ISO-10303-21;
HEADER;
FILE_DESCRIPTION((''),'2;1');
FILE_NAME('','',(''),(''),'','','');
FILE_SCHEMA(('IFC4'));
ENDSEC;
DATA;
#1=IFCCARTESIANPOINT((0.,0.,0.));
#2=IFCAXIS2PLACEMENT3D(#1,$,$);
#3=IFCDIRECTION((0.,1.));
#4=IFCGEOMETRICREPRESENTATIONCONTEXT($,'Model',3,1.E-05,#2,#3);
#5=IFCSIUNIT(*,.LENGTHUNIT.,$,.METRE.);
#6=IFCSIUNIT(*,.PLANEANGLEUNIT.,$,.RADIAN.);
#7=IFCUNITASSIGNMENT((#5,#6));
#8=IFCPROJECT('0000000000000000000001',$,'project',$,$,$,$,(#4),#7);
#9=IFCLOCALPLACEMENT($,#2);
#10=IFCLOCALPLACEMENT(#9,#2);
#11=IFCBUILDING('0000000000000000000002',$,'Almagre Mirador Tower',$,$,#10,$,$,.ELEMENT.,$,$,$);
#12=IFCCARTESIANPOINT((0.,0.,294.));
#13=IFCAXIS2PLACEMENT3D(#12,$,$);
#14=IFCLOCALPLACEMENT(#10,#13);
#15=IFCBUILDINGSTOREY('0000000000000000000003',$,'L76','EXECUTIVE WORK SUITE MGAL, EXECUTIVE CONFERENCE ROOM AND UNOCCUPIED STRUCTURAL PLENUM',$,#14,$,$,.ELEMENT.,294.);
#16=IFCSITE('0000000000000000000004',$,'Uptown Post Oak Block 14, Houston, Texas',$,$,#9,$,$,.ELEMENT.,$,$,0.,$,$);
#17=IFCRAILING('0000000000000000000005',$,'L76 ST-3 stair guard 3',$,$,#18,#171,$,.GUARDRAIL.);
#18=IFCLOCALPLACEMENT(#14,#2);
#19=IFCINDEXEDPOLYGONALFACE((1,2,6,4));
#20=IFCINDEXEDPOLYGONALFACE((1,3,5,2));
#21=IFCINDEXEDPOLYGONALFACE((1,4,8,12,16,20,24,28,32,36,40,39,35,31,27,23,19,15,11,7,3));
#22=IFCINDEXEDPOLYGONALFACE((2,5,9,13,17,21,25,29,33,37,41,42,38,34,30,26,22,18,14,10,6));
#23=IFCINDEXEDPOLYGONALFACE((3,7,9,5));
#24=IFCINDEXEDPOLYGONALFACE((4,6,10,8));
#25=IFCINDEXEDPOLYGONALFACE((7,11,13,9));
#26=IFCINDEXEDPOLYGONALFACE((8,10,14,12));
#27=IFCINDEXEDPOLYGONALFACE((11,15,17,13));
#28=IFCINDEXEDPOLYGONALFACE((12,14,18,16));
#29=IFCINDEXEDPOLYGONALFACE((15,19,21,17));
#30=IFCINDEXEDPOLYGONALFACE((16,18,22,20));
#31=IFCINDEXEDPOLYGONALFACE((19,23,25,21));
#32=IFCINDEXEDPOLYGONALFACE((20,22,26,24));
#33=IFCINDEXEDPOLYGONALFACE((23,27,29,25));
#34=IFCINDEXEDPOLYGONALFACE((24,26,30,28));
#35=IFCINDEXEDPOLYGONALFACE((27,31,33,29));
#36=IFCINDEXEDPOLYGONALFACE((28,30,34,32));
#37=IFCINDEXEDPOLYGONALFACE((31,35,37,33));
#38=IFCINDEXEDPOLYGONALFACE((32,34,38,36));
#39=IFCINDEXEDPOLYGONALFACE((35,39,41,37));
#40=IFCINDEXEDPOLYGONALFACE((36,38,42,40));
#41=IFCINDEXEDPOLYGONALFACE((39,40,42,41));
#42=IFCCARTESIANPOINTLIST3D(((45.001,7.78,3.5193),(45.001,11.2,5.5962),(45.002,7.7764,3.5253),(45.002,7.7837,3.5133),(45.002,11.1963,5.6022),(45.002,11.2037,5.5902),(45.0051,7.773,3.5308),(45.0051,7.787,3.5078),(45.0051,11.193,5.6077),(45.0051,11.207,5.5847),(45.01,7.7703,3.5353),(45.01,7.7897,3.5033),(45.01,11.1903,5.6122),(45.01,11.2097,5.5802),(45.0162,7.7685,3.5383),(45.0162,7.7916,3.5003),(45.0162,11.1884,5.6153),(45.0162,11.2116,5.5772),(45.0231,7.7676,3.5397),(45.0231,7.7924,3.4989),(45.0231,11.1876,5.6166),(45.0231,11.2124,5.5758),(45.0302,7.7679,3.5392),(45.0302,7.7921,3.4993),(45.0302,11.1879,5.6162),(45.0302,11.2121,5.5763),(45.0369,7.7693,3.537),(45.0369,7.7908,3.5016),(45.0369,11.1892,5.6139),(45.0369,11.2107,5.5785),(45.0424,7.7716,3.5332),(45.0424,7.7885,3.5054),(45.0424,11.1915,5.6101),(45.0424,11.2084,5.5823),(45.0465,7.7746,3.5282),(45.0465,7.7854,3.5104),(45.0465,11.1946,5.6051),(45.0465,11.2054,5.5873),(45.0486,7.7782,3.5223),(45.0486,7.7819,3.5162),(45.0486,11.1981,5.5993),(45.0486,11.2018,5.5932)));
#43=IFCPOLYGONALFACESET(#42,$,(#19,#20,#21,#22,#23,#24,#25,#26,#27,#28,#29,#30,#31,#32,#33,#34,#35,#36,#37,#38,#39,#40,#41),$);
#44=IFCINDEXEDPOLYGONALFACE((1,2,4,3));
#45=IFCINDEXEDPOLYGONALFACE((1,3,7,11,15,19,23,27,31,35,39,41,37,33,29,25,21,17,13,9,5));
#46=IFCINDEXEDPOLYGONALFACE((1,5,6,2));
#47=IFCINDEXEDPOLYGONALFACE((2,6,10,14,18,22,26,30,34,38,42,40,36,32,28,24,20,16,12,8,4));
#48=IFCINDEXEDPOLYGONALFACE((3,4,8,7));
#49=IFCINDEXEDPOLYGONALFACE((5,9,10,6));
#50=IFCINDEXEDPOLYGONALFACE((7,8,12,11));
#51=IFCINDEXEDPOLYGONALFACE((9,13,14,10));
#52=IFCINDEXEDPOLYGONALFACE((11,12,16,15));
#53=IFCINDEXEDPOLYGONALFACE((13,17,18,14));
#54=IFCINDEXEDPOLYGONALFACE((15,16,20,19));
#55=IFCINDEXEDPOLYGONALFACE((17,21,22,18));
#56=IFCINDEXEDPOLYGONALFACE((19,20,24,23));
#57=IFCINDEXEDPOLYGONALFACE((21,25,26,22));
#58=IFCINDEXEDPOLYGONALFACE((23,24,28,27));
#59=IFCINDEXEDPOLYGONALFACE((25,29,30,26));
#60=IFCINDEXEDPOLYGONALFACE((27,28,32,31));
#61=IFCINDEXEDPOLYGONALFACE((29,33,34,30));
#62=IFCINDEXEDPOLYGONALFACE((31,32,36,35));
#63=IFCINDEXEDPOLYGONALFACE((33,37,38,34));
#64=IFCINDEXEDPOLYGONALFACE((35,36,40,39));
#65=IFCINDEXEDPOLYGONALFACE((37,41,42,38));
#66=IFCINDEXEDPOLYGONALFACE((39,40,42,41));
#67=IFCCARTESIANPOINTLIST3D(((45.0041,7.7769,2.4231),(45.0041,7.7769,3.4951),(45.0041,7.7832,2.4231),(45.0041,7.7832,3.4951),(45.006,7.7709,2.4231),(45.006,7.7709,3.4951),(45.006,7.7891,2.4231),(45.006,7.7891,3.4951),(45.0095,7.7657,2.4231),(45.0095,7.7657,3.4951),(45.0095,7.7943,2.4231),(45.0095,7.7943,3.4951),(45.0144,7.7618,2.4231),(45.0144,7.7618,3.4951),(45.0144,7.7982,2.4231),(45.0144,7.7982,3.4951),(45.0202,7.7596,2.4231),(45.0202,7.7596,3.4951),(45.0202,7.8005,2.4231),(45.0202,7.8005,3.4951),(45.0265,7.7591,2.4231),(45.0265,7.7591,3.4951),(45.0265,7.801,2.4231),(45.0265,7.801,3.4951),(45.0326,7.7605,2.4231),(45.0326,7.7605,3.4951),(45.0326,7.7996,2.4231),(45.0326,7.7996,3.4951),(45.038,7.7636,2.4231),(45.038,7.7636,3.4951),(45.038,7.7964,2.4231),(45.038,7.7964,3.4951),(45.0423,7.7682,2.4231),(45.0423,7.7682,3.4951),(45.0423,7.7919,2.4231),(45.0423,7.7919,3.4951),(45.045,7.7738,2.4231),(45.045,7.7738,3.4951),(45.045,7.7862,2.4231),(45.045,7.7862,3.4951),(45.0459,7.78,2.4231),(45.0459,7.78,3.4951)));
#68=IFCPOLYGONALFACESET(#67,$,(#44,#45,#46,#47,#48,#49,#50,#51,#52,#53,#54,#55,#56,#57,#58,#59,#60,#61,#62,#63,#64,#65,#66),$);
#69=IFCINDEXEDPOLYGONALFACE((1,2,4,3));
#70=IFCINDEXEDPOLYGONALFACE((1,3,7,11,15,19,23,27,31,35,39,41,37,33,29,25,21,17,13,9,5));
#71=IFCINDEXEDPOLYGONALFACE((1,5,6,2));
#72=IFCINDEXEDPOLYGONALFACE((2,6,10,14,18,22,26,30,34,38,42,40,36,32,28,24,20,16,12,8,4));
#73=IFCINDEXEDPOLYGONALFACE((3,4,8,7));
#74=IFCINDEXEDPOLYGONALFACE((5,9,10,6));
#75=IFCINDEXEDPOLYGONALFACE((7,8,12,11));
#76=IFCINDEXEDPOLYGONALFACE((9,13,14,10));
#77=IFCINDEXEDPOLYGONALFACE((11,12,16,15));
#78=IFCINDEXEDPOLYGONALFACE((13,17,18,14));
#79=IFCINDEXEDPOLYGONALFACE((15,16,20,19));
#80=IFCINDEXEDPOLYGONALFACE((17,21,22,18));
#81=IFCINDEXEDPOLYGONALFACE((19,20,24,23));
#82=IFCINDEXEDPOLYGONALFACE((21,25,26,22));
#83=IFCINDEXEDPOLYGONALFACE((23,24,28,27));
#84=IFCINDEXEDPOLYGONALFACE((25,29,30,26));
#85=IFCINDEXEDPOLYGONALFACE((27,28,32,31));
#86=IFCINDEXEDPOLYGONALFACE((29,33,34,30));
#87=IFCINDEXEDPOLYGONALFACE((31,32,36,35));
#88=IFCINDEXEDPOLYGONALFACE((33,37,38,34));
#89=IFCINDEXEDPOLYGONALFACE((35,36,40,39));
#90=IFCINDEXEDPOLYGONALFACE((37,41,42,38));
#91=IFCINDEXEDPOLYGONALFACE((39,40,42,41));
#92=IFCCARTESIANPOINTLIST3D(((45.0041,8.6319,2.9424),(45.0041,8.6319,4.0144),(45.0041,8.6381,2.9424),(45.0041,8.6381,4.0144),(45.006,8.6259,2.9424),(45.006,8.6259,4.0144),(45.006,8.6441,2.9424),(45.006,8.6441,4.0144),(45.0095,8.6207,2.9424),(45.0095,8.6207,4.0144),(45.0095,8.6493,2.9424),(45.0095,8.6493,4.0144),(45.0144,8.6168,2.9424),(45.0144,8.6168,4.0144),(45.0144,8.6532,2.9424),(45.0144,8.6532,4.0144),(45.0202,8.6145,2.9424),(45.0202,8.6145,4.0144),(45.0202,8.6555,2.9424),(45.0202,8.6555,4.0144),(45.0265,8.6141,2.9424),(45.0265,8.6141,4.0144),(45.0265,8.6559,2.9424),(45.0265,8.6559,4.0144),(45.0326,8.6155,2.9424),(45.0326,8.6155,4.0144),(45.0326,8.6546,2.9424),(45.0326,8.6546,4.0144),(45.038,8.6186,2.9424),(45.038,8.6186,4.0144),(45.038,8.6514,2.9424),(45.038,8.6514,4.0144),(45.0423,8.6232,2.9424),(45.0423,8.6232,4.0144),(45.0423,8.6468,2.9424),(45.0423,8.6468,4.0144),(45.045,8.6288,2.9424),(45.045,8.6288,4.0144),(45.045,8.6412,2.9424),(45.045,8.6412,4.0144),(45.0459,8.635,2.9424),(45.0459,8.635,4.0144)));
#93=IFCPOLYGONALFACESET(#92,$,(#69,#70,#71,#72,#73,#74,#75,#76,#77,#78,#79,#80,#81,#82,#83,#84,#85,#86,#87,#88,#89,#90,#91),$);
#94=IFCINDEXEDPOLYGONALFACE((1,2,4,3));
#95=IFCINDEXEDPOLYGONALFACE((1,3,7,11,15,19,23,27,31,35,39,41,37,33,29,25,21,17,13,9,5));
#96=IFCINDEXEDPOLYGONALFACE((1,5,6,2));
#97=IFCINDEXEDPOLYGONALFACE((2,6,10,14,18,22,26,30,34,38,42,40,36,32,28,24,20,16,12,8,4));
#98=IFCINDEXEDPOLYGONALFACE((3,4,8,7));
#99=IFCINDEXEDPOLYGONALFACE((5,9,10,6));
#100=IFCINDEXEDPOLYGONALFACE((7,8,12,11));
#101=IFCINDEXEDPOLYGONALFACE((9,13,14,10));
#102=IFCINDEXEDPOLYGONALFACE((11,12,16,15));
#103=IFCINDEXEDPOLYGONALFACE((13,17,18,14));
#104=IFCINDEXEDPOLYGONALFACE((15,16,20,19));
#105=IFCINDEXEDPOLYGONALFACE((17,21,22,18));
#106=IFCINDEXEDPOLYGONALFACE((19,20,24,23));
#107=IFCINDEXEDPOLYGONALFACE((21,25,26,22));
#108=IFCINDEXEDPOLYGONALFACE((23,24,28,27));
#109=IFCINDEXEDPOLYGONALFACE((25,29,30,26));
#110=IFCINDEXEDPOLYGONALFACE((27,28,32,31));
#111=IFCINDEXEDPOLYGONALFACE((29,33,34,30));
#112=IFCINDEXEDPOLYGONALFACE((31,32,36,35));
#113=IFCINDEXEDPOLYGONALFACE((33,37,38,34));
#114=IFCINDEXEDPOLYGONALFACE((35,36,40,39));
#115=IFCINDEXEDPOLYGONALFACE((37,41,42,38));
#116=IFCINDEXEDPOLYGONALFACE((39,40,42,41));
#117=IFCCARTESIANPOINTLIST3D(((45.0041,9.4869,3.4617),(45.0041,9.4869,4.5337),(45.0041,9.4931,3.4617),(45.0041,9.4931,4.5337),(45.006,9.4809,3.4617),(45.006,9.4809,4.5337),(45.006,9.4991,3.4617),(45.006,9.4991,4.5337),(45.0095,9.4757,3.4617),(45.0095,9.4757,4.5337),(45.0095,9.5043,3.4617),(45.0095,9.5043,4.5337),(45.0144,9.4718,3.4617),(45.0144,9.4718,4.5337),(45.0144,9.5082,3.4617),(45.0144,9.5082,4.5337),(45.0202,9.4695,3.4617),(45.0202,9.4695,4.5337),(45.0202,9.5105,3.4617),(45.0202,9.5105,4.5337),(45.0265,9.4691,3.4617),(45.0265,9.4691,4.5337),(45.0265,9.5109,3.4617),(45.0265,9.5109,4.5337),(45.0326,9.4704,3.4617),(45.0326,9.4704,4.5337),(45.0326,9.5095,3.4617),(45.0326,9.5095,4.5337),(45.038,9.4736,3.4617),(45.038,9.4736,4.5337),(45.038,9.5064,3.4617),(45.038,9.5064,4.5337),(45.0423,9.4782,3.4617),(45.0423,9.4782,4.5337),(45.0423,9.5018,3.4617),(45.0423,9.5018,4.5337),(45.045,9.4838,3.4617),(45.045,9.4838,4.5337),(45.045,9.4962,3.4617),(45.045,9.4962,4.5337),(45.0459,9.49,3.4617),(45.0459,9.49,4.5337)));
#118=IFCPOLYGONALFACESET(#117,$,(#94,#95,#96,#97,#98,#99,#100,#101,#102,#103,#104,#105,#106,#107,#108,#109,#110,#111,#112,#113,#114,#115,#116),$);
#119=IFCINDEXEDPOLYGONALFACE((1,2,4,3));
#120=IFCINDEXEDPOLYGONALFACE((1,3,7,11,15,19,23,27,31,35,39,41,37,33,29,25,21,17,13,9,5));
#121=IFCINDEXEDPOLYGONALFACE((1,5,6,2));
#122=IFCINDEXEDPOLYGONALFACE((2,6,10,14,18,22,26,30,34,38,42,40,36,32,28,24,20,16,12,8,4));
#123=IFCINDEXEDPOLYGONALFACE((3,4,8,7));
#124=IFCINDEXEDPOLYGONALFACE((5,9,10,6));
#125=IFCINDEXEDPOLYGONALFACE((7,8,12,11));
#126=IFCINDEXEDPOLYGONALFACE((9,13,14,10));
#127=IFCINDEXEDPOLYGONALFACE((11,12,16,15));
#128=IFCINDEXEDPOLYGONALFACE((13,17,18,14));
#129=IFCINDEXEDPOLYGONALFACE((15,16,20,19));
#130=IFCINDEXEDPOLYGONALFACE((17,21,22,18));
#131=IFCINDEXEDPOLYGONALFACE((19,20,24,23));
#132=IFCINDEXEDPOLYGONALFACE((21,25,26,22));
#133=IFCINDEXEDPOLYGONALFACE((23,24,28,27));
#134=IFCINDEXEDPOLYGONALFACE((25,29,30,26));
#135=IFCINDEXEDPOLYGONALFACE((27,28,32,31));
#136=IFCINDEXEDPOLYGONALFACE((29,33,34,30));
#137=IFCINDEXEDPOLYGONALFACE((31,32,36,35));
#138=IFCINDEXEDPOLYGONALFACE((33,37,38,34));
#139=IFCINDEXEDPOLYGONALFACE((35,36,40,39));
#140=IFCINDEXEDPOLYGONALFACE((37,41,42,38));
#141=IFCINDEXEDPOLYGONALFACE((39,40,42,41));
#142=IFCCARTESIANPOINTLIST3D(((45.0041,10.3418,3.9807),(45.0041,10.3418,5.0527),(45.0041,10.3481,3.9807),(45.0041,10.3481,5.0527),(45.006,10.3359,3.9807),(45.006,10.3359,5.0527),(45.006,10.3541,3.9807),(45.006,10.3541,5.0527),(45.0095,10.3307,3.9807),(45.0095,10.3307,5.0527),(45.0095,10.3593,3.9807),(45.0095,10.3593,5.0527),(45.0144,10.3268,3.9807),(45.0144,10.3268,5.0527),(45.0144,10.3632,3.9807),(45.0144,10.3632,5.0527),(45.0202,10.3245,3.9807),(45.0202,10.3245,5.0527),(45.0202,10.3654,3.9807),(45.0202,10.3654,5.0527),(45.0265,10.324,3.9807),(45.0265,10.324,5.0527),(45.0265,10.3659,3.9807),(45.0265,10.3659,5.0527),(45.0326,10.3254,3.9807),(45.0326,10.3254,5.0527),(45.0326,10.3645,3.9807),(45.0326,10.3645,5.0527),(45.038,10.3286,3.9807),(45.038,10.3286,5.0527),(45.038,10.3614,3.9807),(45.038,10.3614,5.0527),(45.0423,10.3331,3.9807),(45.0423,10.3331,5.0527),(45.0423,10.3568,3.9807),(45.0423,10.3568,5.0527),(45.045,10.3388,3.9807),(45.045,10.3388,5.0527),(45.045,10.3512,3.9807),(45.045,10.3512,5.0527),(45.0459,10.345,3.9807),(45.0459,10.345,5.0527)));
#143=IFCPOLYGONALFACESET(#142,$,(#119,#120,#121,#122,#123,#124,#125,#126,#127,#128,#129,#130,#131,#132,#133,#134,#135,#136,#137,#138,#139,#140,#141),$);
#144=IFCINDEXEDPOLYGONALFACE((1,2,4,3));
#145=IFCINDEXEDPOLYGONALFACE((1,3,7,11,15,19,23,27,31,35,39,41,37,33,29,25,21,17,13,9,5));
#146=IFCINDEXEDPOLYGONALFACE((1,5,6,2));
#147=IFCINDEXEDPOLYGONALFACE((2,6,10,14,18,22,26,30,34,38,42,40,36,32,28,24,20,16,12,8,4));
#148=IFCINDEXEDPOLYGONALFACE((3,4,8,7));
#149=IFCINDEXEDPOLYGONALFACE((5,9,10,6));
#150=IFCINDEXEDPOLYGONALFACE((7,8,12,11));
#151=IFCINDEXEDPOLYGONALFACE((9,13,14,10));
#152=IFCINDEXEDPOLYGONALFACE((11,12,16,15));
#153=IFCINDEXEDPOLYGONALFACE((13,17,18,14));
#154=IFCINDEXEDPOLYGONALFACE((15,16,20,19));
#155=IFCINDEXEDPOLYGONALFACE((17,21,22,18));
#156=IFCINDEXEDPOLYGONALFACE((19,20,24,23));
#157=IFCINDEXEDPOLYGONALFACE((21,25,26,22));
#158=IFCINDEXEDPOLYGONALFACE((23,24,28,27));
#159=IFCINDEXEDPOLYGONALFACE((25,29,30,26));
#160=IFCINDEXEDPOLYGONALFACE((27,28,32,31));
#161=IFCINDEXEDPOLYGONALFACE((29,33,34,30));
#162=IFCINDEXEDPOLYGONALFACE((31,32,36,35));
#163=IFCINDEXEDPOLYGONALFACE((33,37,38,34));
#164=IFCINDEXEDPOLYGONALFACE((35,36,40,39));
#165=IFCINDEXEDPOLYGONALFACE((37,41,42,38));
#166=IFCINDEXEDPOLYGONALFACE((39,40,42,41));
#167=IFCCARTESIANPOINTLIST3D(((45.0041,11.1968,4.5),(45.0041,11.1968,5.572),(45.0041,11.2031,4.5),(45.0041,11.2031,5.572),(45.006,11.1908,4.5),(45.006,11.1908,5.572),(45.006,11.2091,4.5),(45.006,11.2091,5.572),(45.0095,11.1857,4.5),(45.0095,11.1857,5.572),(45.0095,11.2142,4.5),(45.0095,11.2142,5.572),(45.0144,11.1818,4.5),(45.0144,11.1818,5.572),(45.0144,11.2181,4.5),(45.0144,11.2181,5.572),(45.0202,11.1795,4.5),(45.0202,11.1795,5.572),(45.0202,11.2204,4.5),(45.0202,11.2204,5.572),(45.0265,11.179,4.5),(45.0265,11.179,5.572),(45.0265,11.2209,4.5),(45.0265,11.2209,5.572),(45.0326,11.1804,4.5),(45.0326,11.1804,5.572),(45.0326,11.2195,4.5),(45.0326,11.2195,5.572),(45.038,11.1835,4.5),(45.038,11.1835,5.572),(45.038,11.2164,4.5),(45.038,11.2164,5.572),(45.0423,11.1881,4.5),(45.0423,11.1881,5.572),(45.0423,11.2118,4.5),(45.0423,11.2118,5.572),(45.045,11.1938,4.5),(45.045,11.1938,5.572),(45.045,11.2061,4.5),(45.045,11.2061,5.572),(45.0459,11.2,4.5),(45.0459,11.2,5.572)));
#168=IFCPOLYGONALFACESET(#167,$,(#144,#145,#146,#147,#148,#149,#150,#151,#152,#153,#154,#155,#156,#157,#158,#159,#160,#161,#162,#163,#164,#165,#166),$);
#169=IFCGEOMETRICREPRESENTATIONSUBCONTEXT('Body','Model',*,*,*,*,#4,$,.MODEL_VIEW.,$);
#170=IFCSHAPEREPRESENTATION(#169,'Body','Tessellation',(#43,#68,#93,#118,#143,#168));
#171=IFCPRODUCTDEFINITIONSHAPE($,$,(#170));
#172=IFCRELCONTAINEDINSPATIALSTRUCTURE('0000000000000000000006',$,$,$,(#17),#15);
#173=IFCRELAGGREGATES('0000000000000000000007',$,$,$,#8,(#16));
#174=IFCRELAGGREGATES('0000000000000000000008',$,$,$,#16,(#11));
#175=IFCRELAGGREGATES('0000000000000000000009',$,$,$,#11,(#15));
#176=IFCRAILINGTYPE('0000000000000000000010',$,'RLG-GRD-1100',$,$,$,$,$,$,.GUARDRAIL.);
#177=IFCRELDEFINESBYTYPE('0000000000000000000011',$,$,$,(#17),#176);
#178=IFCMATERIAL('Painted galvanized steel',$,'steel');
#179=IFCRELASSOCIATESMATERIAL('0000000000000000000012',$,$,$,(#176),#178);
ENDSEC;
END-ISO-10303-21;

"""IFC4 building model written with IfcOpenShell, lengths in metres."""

from ifc_helpers import new_model, si_unit, direction, frame, origin, origin_2d, place, context, subcontext, project, spatial, circle, extrude, material, type_object, element, save


model = new_model("IFC4")

# Units and contexts
model_context = context("Model", 3, precision=1e-05, world=origin(), true_north=direction((0.0, 1.0)))
body_context = subcontext(model_context, "Body", "Model", "MODEL_VIEW")
ifc_project = project(units=[si_unit("LENGTHUNIT", "METRE"), si_unit("PLANEANGLEUNIT", "RADIAN")], contexts=[model_context])

# Site, building, storey
site_placement = place(None, origin())
site = spatial("IfcSite", under=ifc_project, at=site_placement, Name="Uptown Post Oak Block 14, Houston, Texas", CompositionType="ELEMENT", RefElevation=0.0)
building_placement = place(site_placement, origin())
building = spatial("IfcBuilding", under=site, at=building_placement, Name="Almagre Mirador Tower", CompositionType="ELEMENT")
storey_placement = place(building_placement, frame((0.0, 0.0, 294.0)))
storey = spatial("IfcBuildingStorey", under=building, at=storey_placement, Name="L76", Description="EXECUTIVE WORK SUITE MGAL, EXECUTIVE CONFERENCE ROOM AND UNOCCUPIED STRUCTURAL PLENUM", CompositionType="ELEMENT", Elevation=294.0)

# Railing
ifc_material_1 = material(Name="Painted galvanized steel", Category="steel")
railing_type_1 = type_object("IfcRailingType", Name="RLG-GRD-1100", PredefinedType="GUARDRAIL", material=ifc_material_1)
railing_1_placement = place(storey_placement, frame((45.0249, 7.78, 2.4231)))
element("IfcRailing", 1, at=railing_1_placement, inside=storey, type_object=railing_type_1, Name="L76 ST-3 stair guard 3", PredefinedType="GUARDRAIL", context=body_context, shape_type="SweptSolid", body=[
    extrude(circle(Radius=0.0239, at=origin_2d()), frame((0.0, 0.0, 1.0962), z_axis=(0.0, 0.85473, 0.519074), x_axis=(-1.0, 0.0, 0.0)), (0.0, 0.0, 1.0), 4.0012),
    extrude(circle(Radius=0.021, at=origin_2d()), origin(), (0.0, 0.0, 1.0), 1.072),
    extrude(circle(Radius=0.021, at=origin_2d()), frame((0.0, 0.855, 0.5193)), (0.0, 0.0, 1.0), 1.072),
    extrude(circle(Radius=0.021, at=origin_2d()), frame((0.0, 1.71, 1.0386)), (0.0, 0.0, 1.0), 1.072),
    extrude(circle(Radius=0.021, at=origin_2d()), frame((0.0, 2.5649, 1.5576)), (0.0, 0.0, 1.0), 1.072),
    extrude(circle(Radius=0.021, at=origin_2d()), frame((0.0, 3.4199, 2.0769)), (0.0, 0.0, 1.0), 1.072),
])

save(model, "model.ifc")
